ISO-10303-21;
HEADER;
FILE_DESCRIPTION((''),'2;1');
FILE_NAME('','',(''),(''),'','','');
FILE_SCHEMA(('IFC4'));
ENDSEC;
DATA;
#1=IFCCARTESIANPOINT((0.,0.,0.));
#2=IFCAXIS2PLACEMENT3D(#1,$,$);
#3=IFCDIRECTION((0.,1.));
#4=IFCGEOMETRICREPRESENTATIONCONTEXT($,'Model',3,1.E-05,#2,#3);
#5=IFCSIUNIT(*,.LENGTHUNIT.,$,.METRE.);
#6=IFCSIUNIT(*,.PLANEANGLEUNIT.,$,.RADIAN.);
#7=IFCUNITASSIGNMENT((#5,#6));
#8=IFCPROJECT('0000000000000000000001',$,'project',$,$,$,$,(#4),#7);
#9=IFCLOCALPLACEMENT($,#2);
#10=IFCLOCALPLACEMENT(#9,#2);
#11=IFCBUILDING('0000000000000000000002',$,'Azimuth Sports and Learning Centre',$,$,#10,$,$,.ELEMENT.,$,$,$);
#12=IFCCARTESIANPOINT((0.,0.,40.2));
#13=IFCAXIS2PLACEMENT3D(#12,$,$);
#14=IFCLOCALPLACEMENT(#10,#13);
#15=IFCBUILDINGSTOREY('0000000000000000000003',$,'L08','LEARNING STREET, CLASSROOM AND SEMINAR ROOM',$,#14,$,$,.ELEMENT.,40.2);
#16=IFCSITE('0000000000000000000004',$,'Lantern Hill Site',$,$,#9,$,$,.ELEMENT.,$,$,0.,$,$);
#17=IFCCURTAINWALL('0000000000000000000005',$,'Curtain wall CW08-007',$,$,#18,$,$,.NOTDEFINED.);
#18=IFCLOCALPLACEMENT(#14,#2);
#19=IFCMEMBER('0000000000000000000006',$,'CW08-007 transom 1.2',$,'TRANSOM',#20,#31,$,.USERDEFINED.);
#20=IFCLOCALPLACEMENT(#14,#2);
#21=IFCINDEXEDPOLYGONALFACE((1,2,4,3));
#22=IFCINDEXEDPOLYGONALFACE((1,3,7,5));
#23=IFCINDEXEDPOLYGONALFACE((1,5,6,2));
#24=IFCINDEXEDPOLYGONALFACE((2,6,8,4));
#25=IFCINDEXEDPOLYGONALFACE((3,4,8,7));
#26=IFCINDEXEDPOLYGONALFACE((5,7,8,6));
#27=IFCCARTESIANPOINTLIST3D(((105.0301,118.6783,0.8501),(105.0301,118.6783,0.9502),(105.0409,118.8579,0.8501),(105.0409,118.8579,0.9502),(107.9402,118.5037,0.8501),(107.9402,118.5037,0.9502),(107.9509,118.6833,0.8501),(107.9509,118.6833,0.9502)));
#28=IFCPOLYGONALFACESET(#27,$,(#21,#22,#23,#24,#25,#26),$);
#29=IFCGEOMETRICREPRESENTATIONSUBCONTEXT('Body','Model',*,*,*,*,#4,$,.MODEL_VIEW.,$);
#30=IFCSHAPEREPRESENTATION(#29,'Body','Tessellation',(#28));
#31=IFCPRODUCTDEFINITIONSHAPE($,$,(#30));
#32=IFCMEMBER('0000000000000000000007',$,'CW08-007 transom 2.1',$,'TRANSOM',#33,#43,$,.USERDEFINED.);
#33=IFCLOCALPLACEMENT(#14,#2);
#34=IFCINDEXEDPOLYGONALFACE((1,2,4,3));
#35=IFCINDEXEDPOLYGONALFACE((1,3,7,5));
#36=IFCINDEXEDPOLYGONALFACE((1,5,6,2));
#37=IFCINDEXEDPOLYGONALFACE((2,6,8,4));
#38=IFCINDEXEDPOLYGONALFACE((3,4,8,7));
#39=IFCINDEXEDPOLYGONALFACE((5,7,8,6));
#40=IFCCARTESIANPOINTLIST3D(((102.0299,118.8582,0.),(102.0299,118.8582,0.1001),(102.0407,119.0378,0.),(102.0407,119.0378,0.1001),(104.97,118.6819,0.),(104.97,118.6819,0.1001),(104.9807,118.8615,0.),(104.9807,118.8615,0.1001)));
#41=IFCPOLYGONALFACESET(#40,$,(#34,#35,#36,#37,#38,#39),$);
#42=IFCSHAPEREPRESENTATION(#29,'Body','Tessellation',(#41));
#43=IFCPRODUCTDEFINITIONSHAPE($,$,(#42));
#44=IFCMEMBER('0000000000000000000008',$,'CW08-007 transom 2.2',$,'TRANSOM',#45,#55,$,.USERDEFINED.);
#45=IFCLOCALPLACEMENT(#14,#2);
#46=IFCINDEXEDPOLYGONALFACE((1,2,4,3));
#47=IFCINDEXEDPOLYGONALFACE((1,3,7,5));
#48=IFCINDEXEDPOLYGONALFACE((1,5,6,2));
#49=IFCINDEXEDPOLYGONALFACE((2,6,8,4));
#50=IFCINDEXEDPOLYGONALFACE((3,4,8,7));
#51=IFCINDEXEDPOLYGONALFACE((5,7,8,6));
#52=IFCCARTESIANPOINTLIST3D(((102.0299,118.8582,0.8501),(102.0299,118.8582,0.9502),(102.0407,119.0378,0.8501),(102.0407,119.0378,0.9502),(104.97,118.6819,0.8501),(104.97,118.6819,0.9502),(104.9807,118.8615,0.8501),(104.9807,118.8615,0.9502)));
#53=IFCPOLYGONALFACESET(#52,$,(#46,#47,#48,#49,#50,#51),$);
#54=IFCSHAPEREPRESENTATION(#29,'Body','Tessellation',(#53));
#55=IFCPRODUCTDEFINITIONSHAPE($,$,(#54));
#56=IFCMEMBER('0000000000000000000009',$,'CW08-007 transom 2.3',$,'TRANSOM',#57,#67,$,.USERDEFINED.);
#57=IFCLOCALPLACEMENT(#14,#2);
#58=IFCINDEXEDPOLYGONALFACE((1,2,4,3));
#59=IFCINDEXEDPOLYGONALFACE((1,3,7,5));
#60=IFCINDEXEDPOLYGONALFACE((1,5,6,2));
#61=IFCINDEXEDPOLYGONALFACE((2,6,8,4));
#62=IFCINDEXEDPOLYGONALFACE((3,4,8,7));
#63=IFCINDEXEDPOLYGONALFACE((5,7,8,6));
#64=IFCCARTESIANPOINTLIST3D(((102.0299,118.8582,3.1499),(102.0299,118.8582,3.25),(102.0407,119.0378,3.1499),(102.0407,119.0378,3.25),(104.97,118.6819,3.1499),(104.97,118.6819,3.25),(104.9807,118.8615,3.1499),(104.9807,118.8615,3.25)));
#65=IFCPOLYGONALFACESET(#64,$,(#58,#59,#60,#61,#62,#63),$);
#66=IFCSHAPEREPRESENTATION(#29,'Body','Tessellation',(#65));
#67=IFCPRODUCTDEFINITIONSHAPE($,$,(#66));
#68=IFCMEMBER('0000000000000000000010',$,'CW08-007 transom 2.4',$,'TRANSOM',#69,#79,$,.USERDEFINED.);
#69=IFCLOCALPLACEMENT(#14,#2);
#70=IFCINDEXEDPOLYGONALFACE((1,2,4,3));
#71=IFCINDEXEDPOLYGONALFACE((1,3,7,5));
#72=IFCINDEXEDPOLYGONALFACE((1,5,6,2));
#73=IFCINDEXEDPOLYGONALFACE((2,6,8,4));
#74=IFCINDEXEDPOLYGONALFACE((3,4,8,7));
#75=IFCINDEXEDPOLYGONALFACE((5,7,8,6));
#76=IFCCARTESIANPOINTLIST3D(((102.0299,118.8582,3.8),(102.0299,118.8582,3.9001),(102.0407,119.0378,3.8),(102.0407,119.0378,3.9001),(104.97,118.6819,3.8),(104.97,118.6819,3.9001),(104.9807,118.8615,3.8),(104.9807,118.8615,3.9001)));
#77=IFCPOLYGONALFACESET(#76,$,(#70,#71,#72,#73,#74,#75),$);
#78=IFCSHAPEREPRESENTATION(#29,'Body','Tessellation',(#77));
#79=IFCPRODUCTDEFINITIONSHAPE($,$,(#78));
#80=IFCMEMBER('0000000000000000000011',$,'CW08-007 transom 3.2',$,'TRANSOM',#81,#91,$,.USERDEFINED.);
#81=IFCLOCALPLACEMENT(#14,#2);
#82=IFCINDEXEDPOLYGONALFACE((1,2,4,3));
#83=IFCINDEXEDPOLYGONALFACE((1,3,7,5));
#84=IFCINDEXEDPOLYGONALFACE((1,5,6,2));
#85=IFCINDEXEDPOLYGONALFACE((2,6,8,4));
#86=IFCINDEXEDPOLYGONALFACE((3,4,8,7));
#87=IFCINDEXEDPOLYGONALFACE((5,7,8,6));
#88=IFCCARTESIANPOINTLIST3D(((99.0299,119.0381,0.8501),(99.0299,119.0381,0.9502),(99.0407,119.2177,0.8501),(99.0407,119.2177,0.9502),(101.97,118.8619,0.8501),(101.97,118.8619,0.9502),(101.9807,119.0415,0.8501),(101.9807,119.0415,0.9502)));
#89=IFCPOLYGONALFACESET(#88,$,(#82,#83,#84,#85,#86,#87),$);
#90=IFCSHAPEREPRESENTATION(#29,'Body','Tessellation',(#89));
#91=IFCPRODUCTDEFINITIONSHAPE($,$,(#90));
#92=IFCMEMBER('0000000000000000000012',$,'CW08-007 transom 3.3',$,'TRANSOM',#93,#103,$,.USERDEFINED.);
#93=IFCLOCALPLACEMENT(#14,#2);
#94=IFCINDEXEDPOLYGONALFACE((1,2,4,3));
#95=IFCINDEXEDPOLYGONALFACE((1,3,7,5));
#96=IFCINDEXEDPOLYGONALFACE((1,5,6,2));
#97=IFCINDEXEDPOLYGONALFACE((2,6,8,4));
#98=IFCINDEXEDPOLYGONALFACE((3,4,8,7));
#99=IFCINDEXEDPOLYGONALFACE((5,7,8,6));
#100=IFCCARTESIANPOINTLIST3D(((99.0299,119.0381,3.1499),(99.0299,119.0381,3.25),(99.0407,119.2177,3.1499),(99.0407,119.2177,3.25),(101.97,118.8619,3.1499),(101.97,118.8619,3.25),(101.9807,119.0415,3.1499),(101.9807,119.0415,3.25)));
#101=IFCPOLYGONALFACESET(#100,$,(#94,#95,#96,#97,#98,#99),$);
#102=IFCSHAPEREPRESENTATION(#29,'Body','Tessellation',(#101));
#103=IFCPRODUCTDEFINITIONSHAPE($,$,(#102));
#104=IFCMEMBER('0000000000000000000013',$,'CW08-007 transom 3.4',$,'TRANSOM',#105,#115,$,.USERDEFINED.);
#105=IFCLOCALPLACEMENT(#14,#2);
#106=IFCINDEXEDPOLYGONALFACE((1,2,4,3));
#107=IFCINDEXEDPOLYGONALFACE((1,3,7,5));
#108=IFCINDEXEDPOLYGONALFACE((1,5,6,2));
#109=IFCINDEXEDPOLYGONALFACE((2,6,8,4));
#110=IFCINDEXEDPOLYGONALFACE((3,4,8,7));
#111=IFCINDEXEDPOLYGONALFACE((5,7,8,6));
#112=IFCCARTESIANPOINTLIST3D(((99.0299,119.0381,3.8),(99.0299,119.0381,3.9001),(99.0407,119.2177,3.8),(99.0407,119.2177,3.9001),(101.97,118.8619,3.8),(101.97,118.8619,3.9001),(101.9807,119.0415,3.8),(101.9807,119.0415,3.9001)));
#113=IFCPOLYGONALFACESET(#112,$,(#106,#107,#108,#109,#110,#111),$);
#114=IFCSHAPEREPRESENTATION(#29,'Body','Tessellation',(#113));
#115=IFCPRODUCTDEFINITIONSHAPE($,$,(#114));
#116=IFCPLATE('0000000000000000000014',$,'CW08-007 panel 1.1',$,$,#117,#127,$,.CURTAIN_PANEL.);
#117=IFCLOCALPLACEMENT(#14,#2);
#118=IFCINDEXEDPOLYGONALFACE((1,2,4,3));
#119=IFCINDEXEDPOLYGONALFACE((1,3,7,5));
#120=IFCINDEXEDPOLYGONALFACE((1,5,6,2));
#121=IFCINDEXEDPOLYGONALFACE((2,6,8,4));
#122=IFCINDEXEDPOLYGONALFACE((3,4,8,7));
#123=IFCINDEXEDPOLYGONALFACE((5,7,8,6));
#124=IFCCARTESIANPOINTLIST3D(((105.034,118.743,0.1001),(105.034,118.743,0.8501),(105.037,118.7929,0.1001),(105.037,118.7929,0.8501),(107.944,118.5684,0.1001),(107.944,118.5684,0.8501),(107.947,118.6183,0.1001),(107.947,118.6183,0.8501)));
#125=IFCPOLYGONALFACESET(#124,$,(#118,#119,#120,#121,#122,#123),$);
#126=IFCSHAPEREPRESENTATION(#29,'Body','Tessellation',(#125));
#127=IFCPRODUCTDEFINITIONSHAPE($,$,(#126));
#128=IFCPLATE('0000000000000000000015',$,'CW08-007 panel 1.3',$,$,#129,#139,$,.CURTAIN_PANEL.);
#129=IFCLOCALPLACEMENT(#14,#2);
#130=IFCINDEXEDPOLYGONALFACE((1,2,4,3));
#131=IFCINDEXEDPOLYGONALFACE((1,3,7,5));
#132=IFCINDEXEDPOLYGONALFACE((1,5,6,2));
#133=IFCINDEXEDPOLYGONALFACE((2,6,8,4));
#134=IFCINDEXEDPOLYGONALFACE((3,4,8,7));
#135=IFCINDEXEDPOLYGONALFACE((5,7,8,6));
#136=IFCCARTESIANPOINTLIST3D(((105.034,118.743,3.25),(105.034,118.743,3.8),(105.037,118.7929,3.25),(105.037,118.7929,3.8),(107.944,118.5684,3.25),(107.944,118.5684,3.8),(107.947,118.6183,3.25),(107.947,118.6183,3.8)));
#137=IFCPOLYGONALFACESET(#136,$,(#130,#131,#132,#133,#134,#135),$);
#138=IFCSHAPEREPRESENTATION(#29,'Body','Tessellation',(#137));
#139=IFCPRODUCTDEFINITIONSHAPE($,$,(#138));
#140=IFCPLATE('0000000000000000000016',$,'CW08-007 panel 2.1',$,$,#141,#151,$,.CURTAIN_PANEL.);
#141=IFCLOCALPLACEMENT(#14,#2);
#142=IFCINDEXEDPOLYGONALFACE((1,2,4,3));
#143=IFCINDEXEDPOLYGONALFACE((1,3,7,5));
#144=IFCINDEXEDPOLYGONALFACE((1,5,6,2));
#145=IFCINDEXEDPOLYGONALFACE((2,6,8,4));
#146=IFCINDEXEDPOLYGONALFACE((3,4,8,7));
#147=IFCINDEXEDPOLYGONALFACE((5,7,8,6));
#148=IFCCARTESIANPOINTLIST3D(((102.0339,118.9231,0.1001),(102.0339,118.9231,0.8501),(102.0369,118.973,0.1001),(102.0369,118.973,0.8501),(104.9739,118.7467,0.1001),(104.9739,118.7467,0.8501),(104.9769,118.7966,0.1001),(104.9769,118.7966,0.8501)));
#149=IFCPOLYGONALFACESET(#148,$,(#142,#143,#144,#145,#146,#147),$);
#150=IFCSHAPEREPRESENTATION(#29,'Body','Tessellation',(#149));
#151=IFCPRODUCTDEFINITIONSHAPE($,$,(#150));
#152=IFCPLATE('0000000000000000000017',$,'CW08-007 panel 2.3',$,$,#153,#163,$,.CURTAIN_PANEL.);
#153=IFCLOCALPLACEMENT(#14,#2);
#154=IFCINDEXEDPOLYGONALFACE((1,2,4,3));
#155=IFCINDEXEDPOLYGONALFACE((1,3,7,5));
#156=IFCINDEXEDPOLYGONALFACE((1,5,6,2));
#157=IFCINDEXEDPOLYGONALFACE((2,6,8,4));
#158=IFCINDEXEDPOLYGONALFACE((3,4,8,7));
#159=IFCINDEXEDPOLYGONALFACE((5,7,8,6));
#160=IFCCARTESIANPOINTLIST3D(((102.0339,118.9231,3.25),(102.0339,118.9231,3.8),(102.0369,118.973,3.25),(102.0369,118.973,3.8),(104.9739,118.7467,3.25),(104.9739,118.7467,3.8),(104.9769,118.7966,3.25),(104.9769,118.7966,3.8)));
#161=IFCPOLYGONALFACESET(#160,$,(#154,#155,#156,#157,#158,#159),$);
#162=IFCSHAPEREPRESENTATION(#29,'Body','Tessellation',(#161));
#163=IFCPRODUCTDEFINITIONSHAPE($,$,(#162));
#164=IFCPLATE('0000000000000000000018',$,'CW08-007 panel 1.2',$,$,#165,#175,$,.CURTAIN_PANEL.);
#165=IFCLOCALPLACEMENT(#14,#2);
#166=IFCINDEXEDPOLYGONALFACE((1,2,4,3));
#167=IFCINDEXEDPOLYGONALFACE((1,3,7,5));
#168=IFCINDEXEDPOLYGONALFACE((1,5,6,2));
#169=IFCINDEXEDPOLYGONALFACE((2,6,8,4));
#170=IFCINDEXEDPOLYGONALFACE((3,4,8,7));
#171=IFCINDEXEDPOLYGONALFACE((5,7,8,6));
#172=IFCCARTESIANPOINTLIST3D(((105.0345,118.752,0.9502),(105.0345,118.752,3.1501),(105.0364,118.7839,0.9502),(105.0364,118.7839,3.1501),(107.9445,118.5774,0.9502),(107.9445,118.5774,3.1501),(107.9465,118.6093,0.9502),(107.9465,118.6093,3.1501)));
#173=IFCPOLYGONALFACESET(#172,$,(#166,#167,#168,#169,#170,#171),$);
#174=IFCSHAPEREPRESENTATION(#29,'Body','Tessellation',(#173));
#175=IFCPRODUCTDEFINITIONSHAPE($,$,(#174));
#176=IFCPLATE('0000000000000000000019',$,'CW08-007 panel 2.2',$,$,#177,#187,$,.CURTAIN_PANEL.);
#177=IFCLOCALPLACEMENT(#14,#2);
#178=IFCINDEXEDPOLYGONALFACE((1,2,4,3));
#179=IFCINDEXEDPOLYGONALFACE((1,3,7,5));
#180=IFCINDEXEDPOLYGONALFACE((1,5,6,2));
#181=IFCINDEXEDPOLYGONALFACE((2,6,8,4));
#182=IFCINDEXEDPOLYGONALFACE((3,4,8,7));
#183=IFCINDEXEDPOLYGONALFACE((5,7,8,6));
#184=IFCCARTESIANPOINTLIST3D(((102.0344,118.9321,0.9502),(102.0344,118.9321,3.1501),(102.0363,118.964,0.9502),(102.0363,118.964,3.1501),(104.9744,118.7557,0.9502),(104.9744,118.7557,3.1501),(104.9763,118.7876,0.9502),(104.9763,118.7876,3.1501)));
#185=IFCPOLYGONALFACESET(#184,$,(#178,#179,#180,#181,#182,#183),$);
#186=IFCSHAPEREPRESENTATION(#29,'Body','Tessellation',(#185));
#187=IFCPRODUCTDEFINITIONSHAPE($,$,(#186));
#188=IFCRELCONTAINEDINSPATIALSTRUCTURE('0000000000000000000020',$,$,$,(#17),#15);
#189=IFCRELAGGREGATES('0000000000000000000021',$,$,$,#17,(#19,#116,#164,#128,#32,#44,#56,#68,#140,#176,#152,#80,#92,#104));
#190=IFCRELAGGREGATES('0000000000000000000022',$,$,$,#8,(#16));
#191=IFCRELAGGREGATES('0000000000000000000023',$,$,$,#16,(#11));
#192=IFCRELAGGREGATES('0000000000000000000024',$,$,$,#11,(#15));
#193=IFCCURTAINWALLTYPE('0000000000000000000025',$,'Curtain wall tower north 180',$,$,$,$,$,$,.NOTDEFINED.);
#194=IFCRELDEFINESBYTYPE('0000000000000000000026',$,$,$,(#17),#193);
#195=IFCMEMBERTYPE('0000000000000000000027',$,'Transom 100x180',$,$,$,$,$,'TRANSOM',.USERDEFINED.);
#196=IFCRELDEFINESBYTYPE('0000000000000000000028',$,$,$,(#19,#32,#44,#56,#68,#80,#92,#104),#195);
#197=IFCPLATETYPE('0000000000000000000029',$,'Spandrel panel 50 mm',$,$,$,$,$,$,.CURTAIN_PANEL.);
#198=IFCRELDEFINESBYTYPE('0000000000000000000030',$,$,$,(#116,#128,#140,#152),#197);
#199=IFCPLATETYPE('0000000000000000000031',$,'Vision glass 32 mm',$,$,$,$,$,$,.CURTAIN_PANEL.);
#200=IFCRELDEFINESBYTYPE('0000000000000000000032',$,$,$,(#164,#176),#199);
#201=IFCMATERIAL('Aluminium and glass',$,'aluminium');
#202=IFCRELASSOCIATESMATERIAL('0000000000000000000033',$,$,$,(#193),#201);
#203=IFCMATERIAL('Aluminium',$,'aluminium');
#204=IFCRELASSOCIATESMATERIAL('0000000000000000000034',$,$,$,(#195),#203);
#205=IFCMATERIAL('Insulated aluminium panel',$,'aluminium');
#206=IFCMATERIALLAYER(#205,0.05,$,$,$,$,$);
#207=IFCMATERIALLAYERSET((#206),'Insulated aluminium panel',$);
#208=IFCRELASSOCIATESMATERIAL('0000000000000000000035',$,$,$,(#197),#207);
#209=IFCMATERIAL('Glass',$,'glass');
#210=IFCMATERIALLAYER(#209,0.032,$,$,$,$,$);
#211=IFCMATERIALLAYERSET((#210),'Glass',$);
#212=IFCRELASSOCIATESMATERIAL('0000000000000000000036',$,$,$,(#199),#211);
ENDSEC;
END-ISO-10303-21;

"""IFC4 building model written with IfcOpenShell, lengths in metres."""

from ifc_helpers import new_model, si_unit, direction, frame, origin, origin_2d, place, context, subcontext, project, spatial, rectangle, extrude, material, layer, layer_set, material_profile, profile_set, type_object, element, aggregate, save


model = new_model("IFC4")

# Units and contexts
model_context = context("Model", 3, precision=1e-05, world=origin(), true_north=direction((0.0, 1.0)))
body_context = subcontext(model_context, "Body", "Model", "MODEL_VIEW")
ifc_project = project(units=[si_unit("LENGTHUNIT", "METRE"), si_unit("PLANEANGLEUNIT", "RADIAN")], contexts=[model_context])

# Site, building, storey
site_placement = place(None, origin())
site = spatial("IfcSite", under=ifc_project, at=site_placement, Name="Lantern Hill Site", CompositionType="ELEMENT", RefElevation=0.0)
building_placement = place(site_placement, origin())
building = spatial("IfcBuilding", under=site, at=building_placement, Name="Azimuth Sports and Learning Centre", CompositionType="ELEMENT")
storey_placement = place(building_placement, frame((0.0, 0.0, 40.2)))
storey = spatial("IfcBuildingStorey", under=building, at=storey_placement, Name="L08", Description="LEARNING STREET, CLASSROOM AND SEMINAR ROOM", CompositionType="ELEMENT", Elevation=40.2)

# Curtain wall, members, plates
ifc_material_1 = material(Name="Aluminium and glass", Category="aluminium")
curtain_wall_type = type_object("IfcCurtainWallType", Name="Curtain wall tower north 180", PredefinedType="NOTDEFINED", material=ifc_material_1)
curtain_wall_placement = place(storey_placement, origin())
curtain_wall = element("IfcCurtainWall", 1, at=curtain_wall_placement, inside=storey, type_object=curtain_wall_type, Name="Curtain wall CW08-007", PredefinedType="NOTDEFINED")
ifc_material_2 = material(Name="Aluminium", Category="aluminium")
ifc_material_profile_1 = material_profile(ifc_material_2, rectangle(XDim=0.1799, YDim=0.1001, at=origin_2d()), Name="Transom 100x180")
ifc_profile_set_1 = profile_set([ifc_material_profile_1], Name="Aluminium")
member_type_1 = type_object("IfcMemberType", Name="Transom 100x180", ElementType="TRANSOM", PredefinedType="USERDEFINED", material=ifc_profile_set_1)
member_1_placement = place(storey_placement, frame((107.9456, 118.5935, 0.9001), z_axis=(-0.998206, 0.059876, 0.0), x_axis=(-0.059876, -0.998206, 0.0)))
member_1 = element("IfcMember", 2, at=member_1_placement, type_object=member_type_1, Name="CW08-007 transom 1.2", ObjectType="TRANSOM", PredefinedType="USERDEFINED", context=body_context, shape_type="SweptSolid", body=[
    extrude(rectangle(XDim=0.1799, YDim=0.1001, at=origin_2d()), origin(), (0.0, 0.0, 1.0), 2.9153),
])
member_2_placement = place(storey_placement, frame((104.9753, 118.7717, 0.05), z_axis=(-0.998207, 0.059849, 0.0), x_axis=(-0.059849, -0.998207, 0.0)))
member_2 = element("IfcMember", 3, at=member_2_placement, type_object=member_type_1, Name="CW08-007 transom 2.1", ObjectType="TRANSOM", PredefinedType="USERDEFINED", context=body_context, shape_type="SweptSolid", body=[
    extrude(rectangle(XDim=0.1799, YDim=0.1001, at=origin_2d()), origin(), (0.0, 0.0, 1.0), 2.9453),
])
member_3_placement = place(storey_placement, frame((104.9753, 118.7717, 0.9001), z_axis=(-0.998207, 0.059849, 0.0), x_axis=(-0.059849, -0.998207, 0.0)))
member_3 = element("IfcMember", 4, at=member_3_placement, type_object=member_type_1, Name="CW08-007 transom 2.2", ObjectType="TRANSOM", PredefinedType="USERDEFINED", context=body_context, shape_type="SweptSolid", body=[
    extrude(rectangle(XDim=0.1799, YDim=0.1001, at=origin_2d()), origin(), (0.0, 0.0, 1.0), 2.9453),
])
member_4_placement = place(storey_placement, frame((104.9753, 118.7717, 3.2), z_axis=(-0.998207, 0.059849, 0.0), x_axis=(-0.059849, -0.998207, 0.0)))
member_4 = element("IfcMember", 5, at=member_4_placement, type_object=member_type_1, Name="CW08-007 transom 2.3", ObjectType="TRANSOM", PredefinedType="USERDEFINED", context=body_context, shape_type="SweptSolid", body=[
    extrude(rectangle(XDim=0.1799, YDim=0.1001, at=origin_2d()), origin(), (0.0, 0.0, 1.0), 2.9453),
])
member_5_placement = place(storey_placement, frame((104.9753, 118.7717, 3.8501), z_axis=(-0.998207, 0.059849, 0.0), x_axis=(-0.059849, -0.998207, 0.0)))
member_5 = element("IfcMember", 6, at=member_5_placement, type_object=member_type_1, Name="CW08-007 transom 2.4", ObjectType="TRANSOM", PredefinedType="USERDEFINED", context=body_context, shape_type="SweptSolid", body=[
    extrude(rectangle(XDim=0.1799, YDim=0.1001, at=origin_2d()), origin(), (0.0, 0.0, 1.0), 2.9453),
])
member_6_placement = place(storey_placement, frame((101.9753, 118.9517, 0.9001), z_axis=(-0.998207, 0.059849, 0.0), x_axis=(-0.059849, -0.998207, 0.0)))
member_6 = element("IfcMember", 7, at=member_6_placement, type_object=member_type_1, Name="CW08-007 transom 3.2", ObjectType="TRANSOM", PredefinedType="USERDEFINED", context=body_context, shape_type="SweptSolid", body=[
    extrude(rectangle(XDim=0.1799, YDim=0.1001, at=origin_2d()), origin(), (0.0, 0.0, 1.0), 2.9453),
])
member_7_placement = place(storey_placement, frame((101.9753, 118.9517, 3.2), z_axis=(-0.998207, 0.059849, 0.0), x_axis=(-0.059849, -0.998207, 0.0)))
member_7 = element("IfcMember", 8, at=member_7_placement, type_object=member_type_1, Name="CW08-007 transom 3.3", ObjectType="TRANSOM", PredefinedType="USERDEFINED", context=body_context, shape_type="SweptSolid", body=[
    extrude(rectangle(XDim=0.1799, YDim=0.1001, at=origin_2d()), origin(), (0.0, 0.0, 1.0), 2.9453),
])
member_8_placement = place(storey_placement, frame((101.9753, 118.9517, 3.8501), z_axis=(-0.998207, 0.059849, 0.0), x_axis=(-0.059849, -0.998207, 0.0)))
member_8 = element("IfcMember", 9, at=member_8_placement, type_object=member_type_1, Name="CW08-007 transom 3.4", ObjectType="TRANSOM", PredefinedType="USERDEFINED", context=body_context, shape_type="SweptSolid", body=[
    extrude(rectangle(XDim=0.1799, YDim=0.1001, at=origin_2d()), origin(), (0.0, 0.0, 1.0), 2.9453),
])
ifc_material_3 = material(Name="Insulated aluminium panel", Category="aluminium")
ifc_layer_1 = layer(ifc_material_3, 0.05)
ifc_layer_set_1 = layer_set([ifc_layer_1], Name="Insulated aluminium panel")
plate_type_1 = type_object("IfcPlateType", Name="Spandrel panel 50 mm", PredefinedType="CURTAIN_PANEL", material=ifc_layer_set_1)
plate_1_placement = place(storey_placement, frame((106.4905, 118.6807, 0.1001), z_axis=(0.0, 0.0, 1.0), x_axis=(-0.998205, 0.059892, 0.0)))
plate_1 = element("IfcPlate", 10, at=plate_1_placement, type_object=plate_type_1, Name="CW08-007 panel 1.1", PredefinedType="CURTAIN_PANEL", context=body_context, shape_type="SweptSolid", body=[
    extrude(rectangle(XDim=2.9153, YDim=0.05, at=origin_2d()), origin(), (0.0, 0.0, 1.0), 0.75),
])
plate_2_placement = place(storey_placement, frame((106.4905, 118.6807, 3.25), z_axis=(0.0, 0.0, 1.0), x_axis=(-0.998205, 0.059892, 0.0)))
plate_2 = element("IfcPlate", 11, at=plate_2_placement, type_object=plate_type_1, Name="CW08-007 panel 1.3", PredefinedType="CURTAIN_PANEL", context=body_context, shape_type="SweptSolid", body=[
    extrude(rectangle(XDim=2.9153, YDim=0.05, at=origin_2d()), origin(), (0.0, 0.0, 1.0), 0.55),
])
plate_3_placement = place(storey_placement, frame((103.5054, 118.8599, 0.1001), z_axis=(0.0, 0.0, 1.0), x_axis=(-0.998205, 0.059892, 0.0)))
plate_3 = element("IfcPlate", 12, at=plate_3_placement, type_object=plate_type_1, Name="CW08-007 panel 2.1", PredefinedType="CURTAIN_PANEL", context=body_context, shape_type="SweptSolid", body=[
    extrude(rectangle(XDim=2.9453, YDim=0.05, at=origin_2d()), origin(), (0.0, 0.0, 1.0), 0.75),
])
plate_4_placement = place(storey_placement, frame((103.5054, 118.8599, 3.25), z_axis=(0.0, 0.0, 1.0), x_axis=(-0.998205, 0.059892, 0.0)))
plate_4 = element("IfcPlate", 13, at=plate_4_placement, type_object=plate_type_1, Name="CW08-007 panel 2.3", PredefinedType="CURTAIN_PANEL", context=body_context, shape_type="SweptSolid", body=[
    extrude(rectangle(XDim=2.9453, YDim=0.05, at=origin_2d()), origin(), (0.0, 0.0, 1.0), 0.55),
])
ifc_material_4 = material(Name="Glass", Category="glass")
ifc_layer_2 = layer(ifc_material_4, 0.032)
ifc_layer_set_2 = layer_set([ifc_layer_2], Name="Glass")
plate_type_2 = type_object("IfcPlateType", Name="Vision glass 32 mm", PredefinedType="CURTAIN_PANEL", material=ifc_layer_set_2)
plate_5_placement = place(storey_placement, frame((106.4905, 118.6807, 0.9502), z_axis=(0.0, 0.0, 1.0), x_axis=(-0.998205, 0.059892, 0.0)))
plate_5 = element("IfcPlate", 14, at=plate_5_placement, type_object=plate_type_2, Name="CW08-007 panel 1.2", PredefinedType="CURTAIN_PANEL", context=body_context, shape_type="SweptSolid", body=[
    extrude(rectangle(XDim=2.9153, YDim=0.032, at=origin_2d()), origin(), (0.0, 0.0, 1.0), 2.2),
])
plate_6_placement = place(storey_placement, frame((103.5054, 118.8599, 0.9502), z_axis=(0.0, 0.0, 1.0), x_axis=(-0.998205, 0.059892, 0.0)))
plate_6 = element("IfcPlate", 15, at=plate_6_placement, type_object=plate_type_2, Name="CW08-007 panel 2.2", PredefinedType="CURTAIN_PANEL", context=body_context, shape_type="SweptSolid", body=[
    extrude(rectangle(XDim=2.9453, YDim=0.032, at=origin_2d()), origin(), (0.0, 0.0, 1.0), 2.2),
])
aggregate(curtain_wall, [member_1, plate_1, plate_5, plate_2, member_2, member_3, member_4, member_5, plate_3, plate_6, plate_4, member_6, member_7, member_8])

save(model, "model.ifc")
